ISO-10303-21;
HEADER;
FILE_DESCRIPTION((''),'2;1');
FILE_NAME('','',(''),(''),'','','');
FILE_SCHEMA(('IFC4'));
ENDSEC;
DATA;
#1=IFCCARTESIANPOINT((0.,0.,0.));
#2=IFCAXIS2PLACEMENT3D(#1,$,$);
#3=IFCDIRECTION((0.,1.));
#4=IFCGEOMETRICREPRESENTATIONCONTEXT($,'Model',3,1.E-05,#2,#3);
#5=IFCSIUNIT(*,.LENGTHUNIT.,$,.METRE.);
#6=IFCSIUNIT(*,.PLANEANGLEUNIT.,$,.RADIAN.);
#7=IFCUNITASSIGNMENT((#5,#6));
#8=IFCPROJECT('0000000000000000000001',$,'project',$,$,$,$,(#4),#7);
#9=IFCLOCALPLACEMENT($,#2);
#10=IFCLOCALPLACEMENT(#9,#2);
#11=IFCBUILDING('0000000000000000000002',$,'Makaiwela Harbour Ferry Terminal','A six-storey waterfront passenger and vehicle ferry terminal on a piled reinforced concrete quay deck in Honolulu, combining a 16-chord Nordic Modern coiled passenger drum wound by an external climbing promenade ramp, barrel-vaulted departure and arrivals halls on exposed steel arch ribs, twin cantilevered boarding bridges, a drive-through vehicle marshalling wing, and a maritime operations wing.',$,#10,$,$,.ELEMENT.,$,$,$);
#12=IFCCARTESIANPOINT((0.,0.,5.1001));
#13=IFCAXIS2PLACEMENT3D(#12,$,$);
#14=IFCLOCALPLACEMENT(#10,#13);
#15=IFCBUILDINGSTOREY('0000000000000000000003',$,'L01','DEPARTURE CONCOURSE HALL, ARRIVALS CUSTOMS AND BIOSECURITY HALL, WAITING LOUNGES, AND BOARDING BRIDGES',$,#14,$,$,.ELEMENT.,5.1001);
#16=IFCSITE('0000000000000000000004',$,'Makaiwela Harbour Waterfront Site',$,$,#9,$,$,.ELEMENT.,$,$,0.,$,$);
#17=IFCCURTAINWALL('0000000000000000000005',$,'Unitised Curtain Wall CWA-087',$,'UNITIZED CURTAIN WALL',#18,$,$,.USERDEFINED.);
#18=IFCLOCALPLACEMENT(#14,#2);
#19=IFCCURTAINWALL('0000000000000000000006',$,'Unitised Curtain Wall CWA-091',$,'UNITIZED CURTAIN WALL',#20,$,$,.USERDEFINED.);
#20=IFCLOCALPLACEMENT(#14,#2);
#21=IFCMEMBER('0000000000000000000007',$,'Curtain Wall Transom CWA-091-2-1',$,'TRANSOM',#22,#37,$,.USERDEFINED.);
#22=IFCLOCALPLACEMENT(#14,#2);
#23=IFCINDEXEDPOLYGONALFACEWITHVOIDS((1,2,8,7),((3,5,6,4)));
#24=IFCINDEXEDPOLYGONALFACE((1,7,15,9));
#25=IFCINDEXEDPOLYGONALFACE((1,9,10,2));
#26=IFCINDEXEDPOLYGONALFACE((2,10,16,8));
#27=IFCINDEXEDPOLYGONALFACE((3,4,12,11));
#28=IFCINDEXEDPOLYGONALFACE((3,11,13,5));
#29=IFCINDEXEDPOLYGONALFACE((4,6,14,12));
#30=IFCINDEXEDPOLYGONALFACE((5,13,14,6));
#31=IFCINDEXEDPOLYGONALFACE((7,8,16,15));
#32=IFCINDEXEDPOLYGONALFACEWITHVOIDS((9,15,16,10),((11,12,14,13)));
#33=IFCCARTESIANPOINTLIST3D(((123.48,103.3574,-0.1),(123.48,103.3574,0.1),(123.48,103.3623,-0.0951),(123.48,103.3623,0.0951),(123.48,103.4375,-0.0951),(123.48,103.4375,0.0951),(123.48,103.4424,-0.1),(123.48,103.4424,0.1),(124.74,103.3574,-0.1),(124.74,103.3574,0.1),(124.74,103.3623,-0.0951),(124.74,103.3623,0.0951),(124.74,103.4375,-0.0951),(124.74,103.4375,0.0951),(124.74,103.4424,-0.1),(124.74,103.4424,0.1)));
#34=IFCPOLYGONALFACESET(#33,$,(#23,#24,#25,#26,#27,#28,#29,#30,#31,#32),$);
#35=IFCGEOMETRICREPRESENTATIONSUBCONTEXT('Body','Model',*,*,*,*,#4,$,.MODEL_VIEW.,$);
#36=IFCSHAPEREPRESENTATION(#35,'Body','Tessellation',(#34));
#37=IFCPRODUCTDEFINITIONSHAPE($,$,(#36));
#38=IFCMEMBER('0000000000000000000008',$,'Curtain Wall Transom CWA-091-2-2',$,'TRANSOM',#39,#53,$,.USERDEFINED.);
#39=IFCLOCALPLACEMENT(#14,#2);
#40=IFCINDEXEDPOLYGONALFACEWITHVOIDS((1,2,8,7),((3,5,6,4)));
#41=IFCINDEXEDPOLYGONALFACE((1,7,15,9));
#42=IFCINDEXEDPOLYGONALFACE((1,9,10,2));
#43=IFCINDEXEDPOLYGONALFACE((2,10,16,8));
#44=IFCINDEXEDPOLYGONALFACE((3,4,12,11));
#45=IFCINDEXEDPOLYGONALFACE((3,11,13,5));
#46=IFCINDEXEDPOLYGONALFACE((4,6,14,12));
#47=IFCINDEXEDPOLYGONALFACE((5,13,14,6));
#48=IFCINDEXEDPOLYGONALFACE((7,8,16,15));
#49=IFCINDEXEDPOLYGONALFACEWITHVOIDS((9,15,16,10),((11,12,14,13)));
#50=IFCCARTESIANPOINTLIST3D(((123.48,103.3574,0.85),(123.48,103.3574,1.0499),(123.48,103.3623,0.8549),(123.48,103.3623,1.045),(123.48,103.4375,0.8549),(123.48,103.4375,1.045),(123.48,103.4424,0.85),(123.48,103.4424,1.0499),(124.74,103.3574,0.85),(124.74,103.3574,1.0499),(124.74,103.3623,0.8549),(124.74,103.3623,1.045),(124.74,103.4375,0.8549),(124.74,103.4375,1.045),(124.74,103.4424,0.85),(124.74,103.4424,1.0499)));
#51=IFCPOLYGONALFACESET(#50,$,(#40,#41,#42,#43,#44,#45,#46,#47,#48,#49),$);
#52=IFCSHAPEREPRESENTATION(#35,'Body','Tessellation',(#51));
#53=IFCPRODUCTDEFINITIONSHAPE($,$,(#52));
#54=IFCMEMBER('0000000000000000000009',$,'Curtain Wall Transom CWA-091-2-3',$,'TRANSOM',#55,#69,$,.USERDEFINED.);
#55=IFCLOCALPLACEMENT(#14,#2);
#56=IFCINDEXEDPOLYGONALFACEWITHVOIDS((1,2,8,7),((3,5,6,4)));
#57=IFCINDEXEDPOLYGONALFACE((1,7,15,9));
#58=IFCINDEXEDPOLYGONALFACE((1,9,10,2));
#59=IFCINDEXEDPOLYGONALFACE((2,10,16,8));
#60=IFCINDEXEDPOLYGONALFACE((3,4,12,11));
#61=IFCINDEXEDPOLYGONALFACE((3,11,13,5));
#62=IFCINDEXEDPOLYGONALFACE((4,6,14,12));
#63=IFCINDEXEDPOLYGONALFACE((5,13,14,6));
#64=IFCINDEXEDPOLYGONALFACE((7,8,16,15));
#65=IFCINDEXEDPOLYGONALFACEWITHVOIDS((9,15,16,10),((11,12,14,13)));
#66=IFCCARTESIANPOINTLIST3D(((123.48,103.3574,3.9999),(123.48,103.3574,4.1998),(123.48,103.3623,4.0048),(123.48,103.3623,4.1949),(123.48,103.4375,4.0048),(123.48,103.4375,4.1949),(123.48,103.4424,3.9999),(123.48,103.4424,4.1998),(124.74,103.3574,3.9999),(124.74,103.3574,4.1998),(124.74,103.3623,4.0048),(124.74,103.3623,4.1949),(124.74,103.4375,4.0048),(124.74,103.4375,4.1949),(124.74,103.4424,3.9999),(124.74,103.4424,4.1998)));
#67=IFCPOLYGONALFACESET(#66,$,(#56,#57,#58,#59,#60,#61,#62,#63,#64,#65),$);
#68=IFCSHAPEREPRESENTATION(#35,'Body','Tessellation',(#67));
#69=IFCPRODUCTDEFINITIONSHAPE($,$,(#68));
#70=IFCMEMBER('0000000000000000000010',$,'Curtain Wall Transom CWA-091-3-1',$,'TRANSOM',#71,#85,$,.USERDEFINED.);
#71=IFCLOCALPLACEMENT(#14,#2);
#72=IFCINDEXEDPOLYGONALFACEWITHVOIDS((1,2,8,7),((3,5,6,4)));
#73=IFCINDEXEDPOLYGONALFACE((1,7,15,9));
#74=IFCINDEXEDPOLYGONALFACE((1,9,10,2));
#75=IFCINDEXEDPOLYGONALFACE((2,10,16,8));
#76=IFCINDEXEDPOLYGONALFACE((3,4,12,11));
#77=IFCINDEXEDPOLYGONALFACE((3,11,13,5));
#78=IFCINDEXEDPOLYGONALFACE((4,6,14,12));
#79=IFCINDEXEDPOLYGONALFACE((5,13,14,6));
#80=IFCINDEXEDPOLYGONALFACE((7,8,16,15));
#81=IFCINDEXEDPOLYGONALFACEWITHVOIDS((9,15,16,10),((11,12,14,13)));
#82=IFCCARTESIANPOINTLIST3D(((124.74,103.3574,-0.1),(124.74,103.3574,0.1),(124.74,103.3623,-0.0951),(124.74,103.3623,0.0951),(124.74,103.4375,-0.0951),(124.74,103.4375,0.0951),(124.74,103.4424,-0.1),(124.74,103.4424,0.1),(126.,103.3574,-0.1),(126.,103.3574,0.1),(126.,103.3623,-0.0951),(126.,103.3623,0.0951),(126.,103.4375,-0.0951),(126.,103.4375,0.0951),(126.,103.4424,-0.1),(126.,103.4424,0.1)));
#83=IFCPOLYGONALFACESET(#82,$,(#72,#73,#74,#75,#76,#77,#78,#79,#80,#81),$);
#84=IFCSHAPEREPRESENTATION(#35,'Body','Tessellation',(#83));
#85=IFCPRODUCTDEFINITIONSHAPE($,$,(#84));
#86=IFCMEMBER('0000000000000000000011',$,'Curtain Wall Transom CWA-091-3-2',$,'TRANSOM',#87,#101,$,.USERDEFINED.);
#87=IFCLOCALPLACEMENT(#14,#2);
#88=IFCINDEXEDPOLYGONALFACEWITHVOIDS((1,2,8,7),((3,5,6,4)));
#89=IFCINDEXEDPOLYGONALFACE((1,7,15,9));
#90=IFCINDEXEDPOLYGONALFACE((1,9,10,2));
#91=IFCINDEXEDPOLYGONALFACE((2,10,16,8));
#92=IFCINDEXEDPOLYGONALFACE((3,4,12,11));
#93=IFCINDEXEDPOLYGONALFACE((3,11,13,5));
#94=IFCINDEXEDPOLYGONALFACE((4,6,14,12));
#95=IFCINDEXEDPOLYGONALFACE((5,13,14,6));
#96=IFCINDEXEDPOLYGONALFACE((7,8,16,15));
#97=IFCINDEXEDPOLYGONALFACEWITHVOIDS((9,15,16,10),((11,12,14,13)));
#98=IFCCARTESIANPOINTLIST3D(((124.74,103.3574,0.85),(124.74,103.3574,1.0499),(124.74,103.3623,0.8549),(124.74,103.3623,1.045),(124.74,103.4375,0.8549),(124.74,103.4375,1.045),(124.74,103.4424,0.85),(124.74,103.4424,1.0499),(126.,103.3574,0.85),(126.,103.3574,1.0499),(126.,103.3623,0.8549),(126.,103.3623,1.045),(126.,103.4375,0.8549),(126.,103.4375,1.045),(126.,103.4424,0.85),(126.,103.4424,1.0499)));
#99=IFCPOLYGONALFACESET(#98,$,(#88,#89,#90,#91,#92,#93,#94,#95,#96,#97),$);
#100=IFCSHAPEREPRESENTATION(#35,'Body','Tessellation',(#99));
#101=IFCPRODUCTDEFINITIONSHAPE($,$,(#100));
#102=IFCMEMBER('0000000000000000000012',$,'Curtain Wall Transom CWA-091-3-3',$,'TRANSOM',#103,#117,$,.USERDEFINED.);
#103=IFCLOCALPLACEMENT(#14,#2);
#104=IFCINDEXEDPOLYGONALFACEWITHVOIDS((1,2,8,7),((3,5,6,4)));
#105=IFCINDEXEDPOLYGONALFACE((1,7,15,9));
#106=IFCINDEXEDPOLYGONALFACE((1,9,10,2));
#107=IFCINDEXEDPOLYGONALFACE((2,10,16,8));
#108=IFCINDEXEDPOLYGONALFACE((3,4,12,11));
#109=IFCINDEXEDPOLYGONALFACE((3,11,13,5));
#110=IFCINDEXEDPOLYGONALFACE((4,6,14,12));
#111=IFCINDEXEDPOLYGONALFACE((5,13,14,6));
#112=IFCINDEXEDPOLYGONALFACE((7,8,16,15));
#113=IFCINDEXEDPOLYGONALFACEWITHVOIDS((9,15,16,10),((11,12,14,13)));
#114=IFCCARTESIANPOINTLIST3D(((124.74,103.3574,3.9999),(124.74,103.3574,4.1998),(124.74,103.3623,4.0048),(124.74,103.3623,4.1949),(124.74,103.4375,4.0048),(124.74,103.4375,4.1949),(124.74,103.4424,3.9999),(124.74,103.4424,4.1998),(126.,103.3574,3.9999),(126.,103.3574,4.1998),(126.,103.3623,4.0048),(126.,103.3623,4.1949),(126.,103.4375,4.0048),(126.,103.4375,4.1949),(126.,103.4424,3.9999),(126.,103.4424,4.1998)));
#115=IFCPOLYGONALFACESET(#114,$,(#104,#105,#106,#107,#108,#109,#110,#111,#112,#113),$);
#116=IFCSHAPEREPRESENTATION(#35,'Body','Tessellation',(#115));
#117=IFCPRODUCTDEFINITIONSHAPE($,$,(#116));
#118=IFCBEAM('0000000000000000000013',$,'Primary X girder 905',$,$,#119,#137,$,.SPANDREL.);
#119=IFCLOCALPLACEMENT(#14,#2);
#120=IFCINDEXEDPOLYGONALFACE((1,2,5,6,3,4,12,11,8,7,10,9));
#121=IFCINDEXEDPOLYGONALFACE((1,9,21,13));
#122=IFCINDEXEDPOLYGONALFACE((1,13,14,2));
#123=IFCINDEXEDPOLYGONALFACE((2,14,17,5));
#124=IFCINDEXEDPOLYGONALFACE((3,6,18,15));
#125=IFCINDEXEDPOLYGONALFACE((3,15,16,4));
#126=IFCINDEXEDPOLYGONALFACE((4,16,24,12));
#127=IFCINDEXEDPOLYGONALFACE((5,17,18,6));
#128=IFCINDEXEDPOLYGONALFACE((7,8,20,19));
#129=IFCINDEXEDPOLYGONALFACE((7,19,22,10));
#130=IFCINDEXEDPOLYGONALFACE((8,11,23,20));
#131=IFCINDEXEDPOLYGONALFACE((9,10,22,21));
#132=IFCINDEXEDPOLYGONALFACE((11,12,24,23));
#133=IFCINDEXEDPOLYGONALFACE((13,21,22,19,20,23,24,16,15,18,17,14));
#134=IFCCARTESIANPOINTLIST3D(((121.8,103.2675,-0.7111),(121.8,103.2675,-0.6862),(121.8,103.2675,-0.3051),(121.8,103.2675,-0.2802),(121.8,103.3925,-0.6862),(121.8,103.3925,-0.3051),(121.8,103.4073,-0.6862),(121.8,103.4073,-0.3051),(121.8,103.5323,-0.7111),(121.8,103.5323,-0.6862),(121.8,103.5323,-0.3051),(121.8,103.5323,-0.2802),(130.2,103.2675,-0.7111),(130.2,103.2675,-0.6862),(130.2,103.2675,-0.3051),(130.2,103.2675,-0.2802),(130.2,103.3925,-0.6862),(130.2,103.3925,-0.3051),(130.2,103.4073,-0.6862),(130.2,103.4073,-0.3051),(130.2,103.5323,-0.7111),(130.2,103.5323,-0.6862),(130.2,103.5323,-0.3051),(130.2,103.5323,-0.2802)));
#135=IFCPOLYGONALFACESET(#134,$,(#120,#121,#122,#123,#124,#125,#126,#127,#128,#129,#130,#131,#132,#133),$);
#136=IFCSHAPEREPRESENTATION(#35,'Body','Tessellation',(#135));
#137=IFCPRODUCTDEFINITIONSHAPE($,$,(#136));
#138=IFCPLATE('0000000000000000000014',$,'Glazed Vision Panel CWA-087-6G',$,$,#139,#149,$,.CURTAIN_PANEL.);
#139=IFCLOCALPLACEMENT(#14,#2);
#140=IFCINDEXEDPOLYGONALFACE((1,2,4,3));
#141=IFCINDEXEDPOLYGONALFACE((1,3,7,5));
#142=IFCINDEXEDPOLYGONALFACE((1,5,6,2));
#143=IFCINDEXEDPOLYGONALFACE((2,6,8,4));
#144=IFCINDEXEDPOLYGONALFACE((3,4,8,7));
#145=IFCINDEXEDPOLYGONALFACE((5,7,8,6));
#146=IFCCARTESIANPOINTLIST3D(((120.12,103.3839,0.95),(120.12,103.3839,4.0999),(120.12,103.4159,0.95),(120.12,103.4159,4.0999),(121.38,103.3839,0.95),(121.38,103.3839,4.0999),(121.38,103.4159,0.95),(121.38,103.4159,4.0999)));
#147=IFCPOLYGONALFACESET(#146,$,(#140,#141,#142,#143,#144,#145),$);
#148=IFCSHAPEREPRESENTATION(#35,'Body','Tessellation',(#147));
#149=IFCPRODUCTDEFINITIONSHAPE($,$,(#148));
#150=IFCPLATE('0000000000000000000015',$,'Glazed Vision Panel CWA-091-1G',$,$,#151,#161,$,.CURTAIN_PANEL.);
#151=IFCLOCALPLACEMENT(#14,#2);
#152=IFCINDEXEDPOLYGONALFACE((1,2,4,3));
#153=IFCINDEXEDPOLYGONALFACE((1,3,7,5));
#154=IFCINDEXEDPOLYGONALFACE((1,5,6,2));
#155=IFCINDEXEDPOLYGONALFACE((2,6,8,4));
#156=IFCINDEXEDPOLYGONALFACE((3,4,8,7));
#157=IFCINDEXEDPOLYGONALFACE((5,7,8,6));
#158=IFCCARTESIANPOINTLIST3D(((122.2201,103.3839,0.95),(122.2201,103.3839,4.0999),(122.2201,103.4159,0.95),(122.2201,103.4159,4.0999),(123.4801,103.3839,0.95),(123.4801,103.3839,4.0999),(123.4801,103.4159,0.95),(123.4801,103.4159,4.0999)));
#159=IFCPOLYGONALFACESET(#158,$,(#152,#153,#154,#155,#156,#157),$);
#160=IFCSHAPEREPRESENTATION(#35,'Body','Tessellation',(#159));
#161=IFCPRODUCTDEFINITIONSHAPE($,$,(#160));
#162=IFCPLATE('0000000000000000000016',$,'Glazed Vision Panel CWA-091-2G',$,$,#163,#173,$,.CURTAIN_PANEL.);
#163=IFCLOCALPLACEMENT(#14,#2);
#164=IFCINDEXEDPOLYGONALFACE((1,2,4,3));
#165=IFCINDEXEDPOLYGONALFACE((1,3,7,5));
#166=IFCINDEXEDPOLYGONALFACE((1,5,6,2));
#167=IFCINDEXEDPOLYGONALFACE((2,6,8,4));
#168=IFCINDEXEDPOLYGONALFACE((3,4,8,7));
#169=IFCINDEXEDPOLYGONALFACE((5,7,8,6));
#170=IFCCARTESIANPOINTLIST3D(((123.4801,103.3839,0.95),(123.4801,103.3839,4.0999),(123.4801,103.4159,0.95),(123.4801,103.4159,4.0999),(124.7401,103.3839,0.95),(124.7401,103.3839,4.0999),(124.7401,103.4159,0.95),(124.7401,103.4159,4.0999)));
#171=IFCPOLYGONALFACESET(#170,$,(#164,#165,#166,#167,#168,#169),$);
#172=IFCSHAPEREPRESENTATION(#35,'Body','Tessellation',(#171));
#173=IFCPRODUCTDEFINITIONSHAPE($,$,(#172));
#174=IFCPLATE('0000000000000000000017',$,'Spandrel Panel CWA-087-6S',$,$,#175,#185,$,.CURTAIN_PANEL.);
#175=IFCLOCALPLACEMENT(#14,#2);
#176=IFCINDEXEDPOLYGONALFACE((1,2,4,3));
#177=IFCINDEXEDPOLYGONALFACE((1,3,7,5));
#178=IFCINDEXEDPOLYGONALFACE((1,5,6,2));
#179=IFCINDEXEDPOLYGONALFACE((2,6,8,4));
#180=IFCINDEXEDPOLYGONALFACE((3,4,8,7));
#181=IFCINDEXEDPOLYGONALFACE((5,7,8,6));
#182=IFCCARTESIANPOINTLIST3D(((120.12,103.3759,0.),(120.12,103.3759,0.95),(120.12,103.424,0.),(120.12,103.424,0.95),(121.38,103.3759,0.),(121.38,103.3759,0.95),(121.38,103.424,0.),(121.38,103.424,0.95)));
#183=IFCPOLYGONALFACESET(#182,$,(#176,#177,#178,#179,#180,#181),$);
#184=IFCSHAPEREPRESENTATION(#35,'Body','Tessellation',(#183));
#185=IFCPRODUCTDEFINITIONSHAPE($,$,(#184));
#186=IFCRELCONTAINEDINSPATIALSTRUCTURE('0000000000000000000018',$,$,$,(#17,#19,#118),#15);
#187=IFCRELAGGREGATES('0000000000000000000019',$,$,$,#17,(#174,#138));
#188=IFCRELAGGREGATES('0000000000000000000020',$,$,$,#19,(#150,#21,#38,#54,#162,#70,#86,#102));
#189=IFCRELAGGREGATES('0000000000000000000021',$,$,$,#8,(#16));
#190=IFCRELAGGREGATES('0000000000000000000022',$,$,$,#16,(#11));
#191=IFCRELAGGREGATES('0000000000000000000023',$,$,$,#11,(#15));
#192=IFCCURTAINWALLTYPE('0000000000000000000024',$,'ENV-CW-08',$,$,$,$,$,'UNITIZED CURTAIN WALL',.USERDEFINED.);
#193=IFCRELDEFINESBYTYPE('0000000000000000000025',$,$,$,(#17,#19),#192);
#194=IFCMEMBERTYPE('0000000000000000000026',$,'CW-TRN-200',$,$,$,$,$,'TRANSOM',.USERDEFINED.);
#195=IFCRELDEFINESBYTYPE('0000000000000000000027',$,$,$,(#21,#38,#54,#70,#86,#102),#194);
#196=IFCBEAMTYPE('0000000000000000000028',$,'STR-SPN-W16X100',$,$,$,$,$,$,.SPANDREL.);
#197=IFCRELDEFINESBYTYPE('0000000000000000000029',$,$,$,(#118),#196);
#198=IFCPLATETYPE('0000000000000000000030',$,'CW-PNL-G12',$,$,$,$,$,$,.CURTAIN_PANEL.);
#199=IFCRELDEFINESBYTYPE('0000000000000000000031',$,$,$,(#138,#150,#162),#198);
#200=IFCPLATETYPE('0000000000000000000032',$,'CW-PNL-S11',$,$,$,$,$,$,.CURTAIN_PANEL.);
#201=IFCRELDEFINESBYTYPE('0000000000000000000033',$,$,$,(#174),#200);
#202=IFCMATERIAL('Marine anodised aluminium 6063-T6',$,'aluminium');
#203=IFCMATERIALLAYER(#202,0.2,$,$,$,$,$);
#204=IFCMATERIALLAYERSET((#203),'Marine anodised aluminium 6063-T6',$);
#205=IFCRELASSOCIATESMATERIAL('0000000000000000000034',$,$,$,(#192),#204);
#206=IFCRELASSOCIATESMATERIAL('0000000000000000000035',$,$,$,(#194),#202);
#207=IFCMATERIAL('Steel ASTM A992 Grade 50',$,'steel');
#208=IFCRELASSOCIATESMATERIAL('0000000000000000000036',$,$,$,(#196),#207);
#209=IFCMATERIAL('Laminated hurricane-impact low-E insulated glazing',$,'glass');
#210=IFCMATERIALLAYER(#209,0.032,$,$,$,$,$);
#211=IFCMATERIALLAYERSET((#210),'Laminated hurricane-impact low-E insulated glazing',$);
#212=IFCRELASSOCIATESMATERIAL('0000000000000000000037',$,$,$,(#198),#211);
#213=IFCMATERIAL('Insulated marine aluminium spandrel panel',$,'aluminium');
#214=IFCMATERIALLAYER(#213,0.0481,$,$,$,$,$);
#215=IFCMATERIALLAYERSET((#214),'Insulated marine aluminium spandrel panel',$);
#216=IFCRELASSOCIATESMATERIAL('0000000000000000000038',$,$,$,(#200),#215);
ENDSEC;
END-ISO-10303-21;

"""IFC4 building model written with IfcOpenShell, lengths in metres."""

from ifc_helpers import new_model, si_unit, direction, frame, origin, origin_2d, place, context, subcontext, project, spatial, rectangle, hollow_rectangle, i_section, extrude, material, layer, layer_set, material_profile, profile_set, type_object, element, aggregate, save


model = new_model("IFC4")

# Units and contexts
model_context = context("Model", 3, precision=1e-05, world=origin(), true_north=direction((0.0, 1.0)))
body_context = subcontext(model_context, "Body", "Model", "MODEL_VIEW")
ifc_project = project(units=[si_unit("LENGTHUNIT", "METRE"), si_unit("PLANEANGLEUNIT", "RADIAN")], contexts=[model_context])

# Site, building, storey
site_placement = place(None, origin())
site = spatial("IfcSite", under=ifc_project, at=site_placement, Name="Makaiwela Harbour Waterfront Site", CompositionType="ELEMENT", RefElevation=0.0)
building_placement = place(site_placement, origin())
building = spatial("IfcBuilding", under=site, at=building_placement, Name="Makaiwela Harbour Ferry Terminal", Description="A six-storey waterfront passenger and vehicle ferry terminal on a piled reinforced concrete quay deck in Honolulu, combining a 16-chord Nordic Modern coiled passenger drum wound by an external climbing promenade ramp, barrel-vaulted departure and arrivals halls on exposed steel arch ribs, twin cantilevered boarding bridges, a drive-through vehicle marshalling wing, and a maritime operations wing.", CompositionType="ELEMENT")
storey_placement = place(building_placement, frame((0.0, 0.0, 5.1001)))
storey = spatial("IfcBuildingStorey", under=building, at=storey_placement, Name="L01", Description="DEPARTURE CONCOURSE HALL, ARRIVALS CUSTOMS AND BIOSECURITY HALL, WAITING LOUNGES, AND BOARDING BRIDGES", CompositionType="ELEMENT", Elevation=5.1001)

# Shared definitions
ifc_material_1 = material(Name="Steel ASTM A992 Grade 50", Category="steel")

# Curtain wall
ifc_material_2 = material(Name="Marine anodised aluminium 6063-T6", Category="aluminium")
ifc_layer_1 = layer(ifc_material_2, 0.2)
ifc_layer_set_1 = layer_set([ifc_layer_1], Name="Marine anodised aluminium 6063-T6")
curtain_wall_type = type_object("IfcCurtainWallType", Name="ENV-CW-08", ElementType="UNITIZED CURTAIN WALL", PredefinedType="USERDEFINED", material=ifc_layer_set_1)
curtain_wall_1_placement = place(storey_placement, origin())
curtain_wall_1 = element("IfcCurtainWall", 1, at=curtain_wall_1_placement, inside=storey, type_object=curtain_wall_type, Name="Unitised Curtain Wall CWA-087", ObjectType="UNITIZED CURTAIN WALL", PredefinedType="USERDEFINED")

# Curtain wall
curtain_wall_2_placement = place(storey_placement, origin())
curtain_wall_2 = element("IfcCurtainWall", 2, at=curtain_wall_2_placement, inside=storey, type_object=curtain_wall_type, Name="Unitised Curtain Wall CWA-091", ObjectType="UNITIZED CURTAIN WALL", PredefinedType="USERDEFINED")

# Members
ifc_material_profile_1 = material_profile(ifc_material_2, hollow_rectangle(XDim=0.085, YDim=0.2, WallThickness=0.0049, at=origin_2d()), Name="CWT-200X85")
ifc_profile_set_1 = profile_set([ifc_material_profile_1], Name="Marine anodised aluminium 6063-T6")
member_type_1 = type_object("IfcMemberType", Name="CW-TRN-200", ElementType="TRANSOM", PredefinedType="USERDEFINED", material=ifc_profile_set_1)
member_1_placement = place(storey_placement, frame((123.48, 103.3999, 0.0), z_axis=(1.0, 0.0, 0.0), x_axis=(0.0, 1.0, 0.0)))
member_1 = element("IfcMember", 3, at=member_1_placement, type_object=member_type_1, Name="Curtain Wall Transom CWA-091-2-1", ObjectType="TRANSOM", PredefinedType="USERDEFINED", context=body_context, shape_type="SweptSolid", body=[
    extrude(hollow_rectangle(XDim=0.085, YDim=0.2, WallThickness=0.0049, at=origin_2d()), origin(), (0.0, 0.0, 1.0), 1.26),
])
member_2_placement = place(storey_placement, frame((123.48, 103.3999, 0.95), z_axis=(1.0, 0.0, 0.0), x_axis=(0.0, 1.0, 0.0)))
member_2 = element("IfcMember", 4, at=member_2_placement, type_object=member_type_1, Name="Curtain Wall Transom CWA-091-2-2", ObjectType="TRANSOM", PredefinedType="USERDEFINED", context=body_context, shape_type="SweptSolid", body=[
    extrude(hollow_rectangle(XDim=0.085, YDim=0.2, WallThickness=0.0049, at=origin_2d()), origin(), (0.0, 0.0, 1.0), 1.26),
])
member_3_placement = place(storey_placement, frame((123.48, 103.3999, 4.0999), z_axis=(1.0, 0.0, 0.0), x_axis=(0.0, 1.0, 0.0)))
member_3 = element("IfcMember", 5, at=member_3_placement, type_object=member_type_1, Name="Curtain Wall Transom CWA-091-2-3", ObjectType="TRANSOM", PredefinedType="USERDEFINED", context=body_context, shape_type="SweptSolid", body=[
    extrude(hollow_rectangle(XDim=0.085, YDim=0.2, WallThickness=0.0049, at=origin_2d()), origin(), (0.0, 0.0, 1.0), 1.26),
])
member_4_placement = place(storey_placement, frame((124.74, 103.3999, 0.0), z_axis=(1.0, 0.0, 0.0), x_axis=(0.0, 1.0, 0.0)))
member_4 = element("IfcMember", 6, at=member_4_placement, type_object=member_type_1, Name="Curtain Wall Transom CWA-091-3-1", ObjectType="TRANSOM", PredefinedType="USERDEFINED", context=body_context, shape_type="SweptSolid", body=[
    extrude(hollow_rectangle(XDim=0.085, YDim=0.2, WallThickness=0.0049, at=origin_2d()), origin(), (0.0, 0.0, 1.0), 1.26),
])
member_5_placement = place(storey_placement, frame((124.74, 103.3999, 0.95), z_axis=(1.0, 0.0, 0.0), x_axis=(0.0, 1.0, 0.0)))
member_5 = element("IfcMember", 7, at=member_5_placement, type_object=member_type_1, Name="Curtain Wall Transom CWA-091-3-2", ObjectType="TRANSOM", PredefinedType="USERDEFINED", context=body_context, shape_type="SweptSolid", body=[
    extrude(hollow_rectangle(XDim=0.085, YDim=0.2, WallThickness=0.0049, at=origin_2d()), origin(), (0.0, 0.0, 1.0), 1.26),
])
member_6_placement = place(storey_placement, frame((124.74, 103.3999, 4.0999), z_axis=(1.0, 0.0, 0.0), x_axis=(0.0, 1.0, 0.0)))
member_6 = element("IfcMember", 8, at=member_6_placement, type_object=member_type_1, Name="Curtain Wall Transom CWA-091-3-3", ObjectType="TRANSOM", PredefinedType="USERDEFINED", context=body_context, shape_type="SweptSolid", body=[
    extrude(hollow_rectangle(XDim=0.085, YDim=0.2, WallThickness=0.0049, at=origin_2d()), origin(), (0.0, 0.0, 1.0), 1.26),
])

# Beam
ifc_material_profile_2 = material_profile(ifc_material_1, i_section(OverallWidth=0.2649, OverallDepth=0.4309, WebThickness=0.0149, FlangeThickness=0.0249, at=origin_2d()), Name="W16X100")
ifc_profile_set_2 = profile_set([ifc_material_profile_2], Name="Steel ASTM A992 Grade 50")
beam_type = type_object("IfcBeamType", Name="STR-SPN-W16X100", PredefinedType="SPANDREL", material=ifc_profile_set_2)
beam_placement = place(storey_placement, frame((121.8, 103.3999, -0.4956), z_axis=(1.0, 0.0, 0.0), x_axis=(0.0, 1.0, 0.0)))
element("IfcBeam", 9, at=beam_placement, inside=storey, type_object=beam_type, Name="Primary X girder 905", PredefinedType="SPANDREL", context=body_context, shape_type="SweptSolid", body=[
    extrude(i_section(OverallWidth=0.2649, OverallDepth=0.4309, WebThickness=0.0149, FlangeThickness=0.0249, at=origin_2d()), origin(), (0.0, 0.0, 1.0), 8.3999),
])

# Plates
ifc_material_3 = material(Name="Laminated hurricane-impact low-E insulated glazing", Category="glass")
ifc_layer_2 = layer(ifc_material_3, 0.032)
ifc_layer_set_2 = layer_set([ifc_layer_2], Name="Laminated hurricane-impact low-E insulated glazing")
plate_type_1 = type_object("IfcPlateType", Name="CW-PNL-G12", PredefinedType="CURTAIN_PANEL", material=ifc_layer_set_2)
plate_1_placement = place(storey_placement, frame((120.75, 103.3999, 0.95), z_axis=(0.0, 0.0, 1.0), x_axis=(1.0, 0.0, 0.0)))
plate_1 = element("IfcPlate", 10, at=plate_1_placement, type_object=plate_type_1, Name="Glazed Vision Panel CWA-087-6G", PredefinedType="CURTAIN_PANEL", context=body_context, shape_type="SweptSolid", body=[
    extrude(rectangle(XDim=1.26, YDim=0.032, at=origin_2d()), origin(), (0.0, 0.0, 1.0), 3.1499),
])
plate_2_placement = place(storey_placement, frame((122.8501, 103.3999, 0.95), z_axis=(0.0, 0.0, 1.0), x_axis=(1.0, 0.0, 0.0)))
plate_2 = element("IfcPlate", 11, at=plate_2_placement, type_object=plate_type_1, Name="Glazed Vision Panel CWA-091-1G", PredefinedType="CURTAIN_PANEL", context=body_context, shape_type="SweptSolid", body=[
    extrude(rectangle(XDim=1.26, YDim=0.032, at=origin_2d()), origin(), (0.0, 0.0, 1.0), 3.1499),
])
plate_3_placement = place(storey_placement, frame((124.1101, 103.3999, 0.95), z_axis=(0.0, 0.0, 1.0), x_axis=(1.0, 0.0, 0.0)))
plate_3 = element("IfcPlate", 12, at=plate_3_placement, type_object=plate_type_1, Name="Glazed Vision Panel CWA-091-2G", PredefinedType="CURTAIN_PANEL", context=body_context, shape_type="SweptSolid", body=[
    extrude(rectangle(XDim=1.26, YDim=0.032, at=origin_2d()), origin(), (0.0, 0.0, 1.0), 3.1499),
])
ifc_material_4 = material(Name="Insulated marine aluminium spandrel panel", Category="aluminium")
ifc_layer_3 = layer(ifc_material_4, 0.0481)
ifc_layer_set_3 = layer_set([ifc_layer_3], Name="Insulated marine aluminium spandrel panel")
plate_type_2 = type_object("IfcPlateType", Name="CW-PNL-S11", PredefinedType="CURTAIN_PANEL", material=ifc_layer_set_3)
plate_4_placement = place(storey_placement, frame((120.75, 103.3999, 0.0), z_axis=(0.0, 0.0, 1.0), x_axis=(1.0, 0.0, 0.0)))
plate_4 = element("IfcPlate", 13, at=plate_4_placement, type_object=plate_type_2, Name="Spandrel Panel CWA-087-6S", PredefinedType="CURTAIN_PANEL", context=body_context, shape_type="SweptSolid", body=[
    extrude(rectangle(XDim=1.26, YDim=0.0481, at=origin_2d()), origin(), (0.0, 0.0, 1.0), 0.95),
])
aggregate(curtain_wall_1, [plate_4, plate_1])
aggregate(curtain_wall_2, [plate_2, member_1, member_2, member_3, plate_3, member_4, member_5, member_6])

save(model, "model.ifc")
